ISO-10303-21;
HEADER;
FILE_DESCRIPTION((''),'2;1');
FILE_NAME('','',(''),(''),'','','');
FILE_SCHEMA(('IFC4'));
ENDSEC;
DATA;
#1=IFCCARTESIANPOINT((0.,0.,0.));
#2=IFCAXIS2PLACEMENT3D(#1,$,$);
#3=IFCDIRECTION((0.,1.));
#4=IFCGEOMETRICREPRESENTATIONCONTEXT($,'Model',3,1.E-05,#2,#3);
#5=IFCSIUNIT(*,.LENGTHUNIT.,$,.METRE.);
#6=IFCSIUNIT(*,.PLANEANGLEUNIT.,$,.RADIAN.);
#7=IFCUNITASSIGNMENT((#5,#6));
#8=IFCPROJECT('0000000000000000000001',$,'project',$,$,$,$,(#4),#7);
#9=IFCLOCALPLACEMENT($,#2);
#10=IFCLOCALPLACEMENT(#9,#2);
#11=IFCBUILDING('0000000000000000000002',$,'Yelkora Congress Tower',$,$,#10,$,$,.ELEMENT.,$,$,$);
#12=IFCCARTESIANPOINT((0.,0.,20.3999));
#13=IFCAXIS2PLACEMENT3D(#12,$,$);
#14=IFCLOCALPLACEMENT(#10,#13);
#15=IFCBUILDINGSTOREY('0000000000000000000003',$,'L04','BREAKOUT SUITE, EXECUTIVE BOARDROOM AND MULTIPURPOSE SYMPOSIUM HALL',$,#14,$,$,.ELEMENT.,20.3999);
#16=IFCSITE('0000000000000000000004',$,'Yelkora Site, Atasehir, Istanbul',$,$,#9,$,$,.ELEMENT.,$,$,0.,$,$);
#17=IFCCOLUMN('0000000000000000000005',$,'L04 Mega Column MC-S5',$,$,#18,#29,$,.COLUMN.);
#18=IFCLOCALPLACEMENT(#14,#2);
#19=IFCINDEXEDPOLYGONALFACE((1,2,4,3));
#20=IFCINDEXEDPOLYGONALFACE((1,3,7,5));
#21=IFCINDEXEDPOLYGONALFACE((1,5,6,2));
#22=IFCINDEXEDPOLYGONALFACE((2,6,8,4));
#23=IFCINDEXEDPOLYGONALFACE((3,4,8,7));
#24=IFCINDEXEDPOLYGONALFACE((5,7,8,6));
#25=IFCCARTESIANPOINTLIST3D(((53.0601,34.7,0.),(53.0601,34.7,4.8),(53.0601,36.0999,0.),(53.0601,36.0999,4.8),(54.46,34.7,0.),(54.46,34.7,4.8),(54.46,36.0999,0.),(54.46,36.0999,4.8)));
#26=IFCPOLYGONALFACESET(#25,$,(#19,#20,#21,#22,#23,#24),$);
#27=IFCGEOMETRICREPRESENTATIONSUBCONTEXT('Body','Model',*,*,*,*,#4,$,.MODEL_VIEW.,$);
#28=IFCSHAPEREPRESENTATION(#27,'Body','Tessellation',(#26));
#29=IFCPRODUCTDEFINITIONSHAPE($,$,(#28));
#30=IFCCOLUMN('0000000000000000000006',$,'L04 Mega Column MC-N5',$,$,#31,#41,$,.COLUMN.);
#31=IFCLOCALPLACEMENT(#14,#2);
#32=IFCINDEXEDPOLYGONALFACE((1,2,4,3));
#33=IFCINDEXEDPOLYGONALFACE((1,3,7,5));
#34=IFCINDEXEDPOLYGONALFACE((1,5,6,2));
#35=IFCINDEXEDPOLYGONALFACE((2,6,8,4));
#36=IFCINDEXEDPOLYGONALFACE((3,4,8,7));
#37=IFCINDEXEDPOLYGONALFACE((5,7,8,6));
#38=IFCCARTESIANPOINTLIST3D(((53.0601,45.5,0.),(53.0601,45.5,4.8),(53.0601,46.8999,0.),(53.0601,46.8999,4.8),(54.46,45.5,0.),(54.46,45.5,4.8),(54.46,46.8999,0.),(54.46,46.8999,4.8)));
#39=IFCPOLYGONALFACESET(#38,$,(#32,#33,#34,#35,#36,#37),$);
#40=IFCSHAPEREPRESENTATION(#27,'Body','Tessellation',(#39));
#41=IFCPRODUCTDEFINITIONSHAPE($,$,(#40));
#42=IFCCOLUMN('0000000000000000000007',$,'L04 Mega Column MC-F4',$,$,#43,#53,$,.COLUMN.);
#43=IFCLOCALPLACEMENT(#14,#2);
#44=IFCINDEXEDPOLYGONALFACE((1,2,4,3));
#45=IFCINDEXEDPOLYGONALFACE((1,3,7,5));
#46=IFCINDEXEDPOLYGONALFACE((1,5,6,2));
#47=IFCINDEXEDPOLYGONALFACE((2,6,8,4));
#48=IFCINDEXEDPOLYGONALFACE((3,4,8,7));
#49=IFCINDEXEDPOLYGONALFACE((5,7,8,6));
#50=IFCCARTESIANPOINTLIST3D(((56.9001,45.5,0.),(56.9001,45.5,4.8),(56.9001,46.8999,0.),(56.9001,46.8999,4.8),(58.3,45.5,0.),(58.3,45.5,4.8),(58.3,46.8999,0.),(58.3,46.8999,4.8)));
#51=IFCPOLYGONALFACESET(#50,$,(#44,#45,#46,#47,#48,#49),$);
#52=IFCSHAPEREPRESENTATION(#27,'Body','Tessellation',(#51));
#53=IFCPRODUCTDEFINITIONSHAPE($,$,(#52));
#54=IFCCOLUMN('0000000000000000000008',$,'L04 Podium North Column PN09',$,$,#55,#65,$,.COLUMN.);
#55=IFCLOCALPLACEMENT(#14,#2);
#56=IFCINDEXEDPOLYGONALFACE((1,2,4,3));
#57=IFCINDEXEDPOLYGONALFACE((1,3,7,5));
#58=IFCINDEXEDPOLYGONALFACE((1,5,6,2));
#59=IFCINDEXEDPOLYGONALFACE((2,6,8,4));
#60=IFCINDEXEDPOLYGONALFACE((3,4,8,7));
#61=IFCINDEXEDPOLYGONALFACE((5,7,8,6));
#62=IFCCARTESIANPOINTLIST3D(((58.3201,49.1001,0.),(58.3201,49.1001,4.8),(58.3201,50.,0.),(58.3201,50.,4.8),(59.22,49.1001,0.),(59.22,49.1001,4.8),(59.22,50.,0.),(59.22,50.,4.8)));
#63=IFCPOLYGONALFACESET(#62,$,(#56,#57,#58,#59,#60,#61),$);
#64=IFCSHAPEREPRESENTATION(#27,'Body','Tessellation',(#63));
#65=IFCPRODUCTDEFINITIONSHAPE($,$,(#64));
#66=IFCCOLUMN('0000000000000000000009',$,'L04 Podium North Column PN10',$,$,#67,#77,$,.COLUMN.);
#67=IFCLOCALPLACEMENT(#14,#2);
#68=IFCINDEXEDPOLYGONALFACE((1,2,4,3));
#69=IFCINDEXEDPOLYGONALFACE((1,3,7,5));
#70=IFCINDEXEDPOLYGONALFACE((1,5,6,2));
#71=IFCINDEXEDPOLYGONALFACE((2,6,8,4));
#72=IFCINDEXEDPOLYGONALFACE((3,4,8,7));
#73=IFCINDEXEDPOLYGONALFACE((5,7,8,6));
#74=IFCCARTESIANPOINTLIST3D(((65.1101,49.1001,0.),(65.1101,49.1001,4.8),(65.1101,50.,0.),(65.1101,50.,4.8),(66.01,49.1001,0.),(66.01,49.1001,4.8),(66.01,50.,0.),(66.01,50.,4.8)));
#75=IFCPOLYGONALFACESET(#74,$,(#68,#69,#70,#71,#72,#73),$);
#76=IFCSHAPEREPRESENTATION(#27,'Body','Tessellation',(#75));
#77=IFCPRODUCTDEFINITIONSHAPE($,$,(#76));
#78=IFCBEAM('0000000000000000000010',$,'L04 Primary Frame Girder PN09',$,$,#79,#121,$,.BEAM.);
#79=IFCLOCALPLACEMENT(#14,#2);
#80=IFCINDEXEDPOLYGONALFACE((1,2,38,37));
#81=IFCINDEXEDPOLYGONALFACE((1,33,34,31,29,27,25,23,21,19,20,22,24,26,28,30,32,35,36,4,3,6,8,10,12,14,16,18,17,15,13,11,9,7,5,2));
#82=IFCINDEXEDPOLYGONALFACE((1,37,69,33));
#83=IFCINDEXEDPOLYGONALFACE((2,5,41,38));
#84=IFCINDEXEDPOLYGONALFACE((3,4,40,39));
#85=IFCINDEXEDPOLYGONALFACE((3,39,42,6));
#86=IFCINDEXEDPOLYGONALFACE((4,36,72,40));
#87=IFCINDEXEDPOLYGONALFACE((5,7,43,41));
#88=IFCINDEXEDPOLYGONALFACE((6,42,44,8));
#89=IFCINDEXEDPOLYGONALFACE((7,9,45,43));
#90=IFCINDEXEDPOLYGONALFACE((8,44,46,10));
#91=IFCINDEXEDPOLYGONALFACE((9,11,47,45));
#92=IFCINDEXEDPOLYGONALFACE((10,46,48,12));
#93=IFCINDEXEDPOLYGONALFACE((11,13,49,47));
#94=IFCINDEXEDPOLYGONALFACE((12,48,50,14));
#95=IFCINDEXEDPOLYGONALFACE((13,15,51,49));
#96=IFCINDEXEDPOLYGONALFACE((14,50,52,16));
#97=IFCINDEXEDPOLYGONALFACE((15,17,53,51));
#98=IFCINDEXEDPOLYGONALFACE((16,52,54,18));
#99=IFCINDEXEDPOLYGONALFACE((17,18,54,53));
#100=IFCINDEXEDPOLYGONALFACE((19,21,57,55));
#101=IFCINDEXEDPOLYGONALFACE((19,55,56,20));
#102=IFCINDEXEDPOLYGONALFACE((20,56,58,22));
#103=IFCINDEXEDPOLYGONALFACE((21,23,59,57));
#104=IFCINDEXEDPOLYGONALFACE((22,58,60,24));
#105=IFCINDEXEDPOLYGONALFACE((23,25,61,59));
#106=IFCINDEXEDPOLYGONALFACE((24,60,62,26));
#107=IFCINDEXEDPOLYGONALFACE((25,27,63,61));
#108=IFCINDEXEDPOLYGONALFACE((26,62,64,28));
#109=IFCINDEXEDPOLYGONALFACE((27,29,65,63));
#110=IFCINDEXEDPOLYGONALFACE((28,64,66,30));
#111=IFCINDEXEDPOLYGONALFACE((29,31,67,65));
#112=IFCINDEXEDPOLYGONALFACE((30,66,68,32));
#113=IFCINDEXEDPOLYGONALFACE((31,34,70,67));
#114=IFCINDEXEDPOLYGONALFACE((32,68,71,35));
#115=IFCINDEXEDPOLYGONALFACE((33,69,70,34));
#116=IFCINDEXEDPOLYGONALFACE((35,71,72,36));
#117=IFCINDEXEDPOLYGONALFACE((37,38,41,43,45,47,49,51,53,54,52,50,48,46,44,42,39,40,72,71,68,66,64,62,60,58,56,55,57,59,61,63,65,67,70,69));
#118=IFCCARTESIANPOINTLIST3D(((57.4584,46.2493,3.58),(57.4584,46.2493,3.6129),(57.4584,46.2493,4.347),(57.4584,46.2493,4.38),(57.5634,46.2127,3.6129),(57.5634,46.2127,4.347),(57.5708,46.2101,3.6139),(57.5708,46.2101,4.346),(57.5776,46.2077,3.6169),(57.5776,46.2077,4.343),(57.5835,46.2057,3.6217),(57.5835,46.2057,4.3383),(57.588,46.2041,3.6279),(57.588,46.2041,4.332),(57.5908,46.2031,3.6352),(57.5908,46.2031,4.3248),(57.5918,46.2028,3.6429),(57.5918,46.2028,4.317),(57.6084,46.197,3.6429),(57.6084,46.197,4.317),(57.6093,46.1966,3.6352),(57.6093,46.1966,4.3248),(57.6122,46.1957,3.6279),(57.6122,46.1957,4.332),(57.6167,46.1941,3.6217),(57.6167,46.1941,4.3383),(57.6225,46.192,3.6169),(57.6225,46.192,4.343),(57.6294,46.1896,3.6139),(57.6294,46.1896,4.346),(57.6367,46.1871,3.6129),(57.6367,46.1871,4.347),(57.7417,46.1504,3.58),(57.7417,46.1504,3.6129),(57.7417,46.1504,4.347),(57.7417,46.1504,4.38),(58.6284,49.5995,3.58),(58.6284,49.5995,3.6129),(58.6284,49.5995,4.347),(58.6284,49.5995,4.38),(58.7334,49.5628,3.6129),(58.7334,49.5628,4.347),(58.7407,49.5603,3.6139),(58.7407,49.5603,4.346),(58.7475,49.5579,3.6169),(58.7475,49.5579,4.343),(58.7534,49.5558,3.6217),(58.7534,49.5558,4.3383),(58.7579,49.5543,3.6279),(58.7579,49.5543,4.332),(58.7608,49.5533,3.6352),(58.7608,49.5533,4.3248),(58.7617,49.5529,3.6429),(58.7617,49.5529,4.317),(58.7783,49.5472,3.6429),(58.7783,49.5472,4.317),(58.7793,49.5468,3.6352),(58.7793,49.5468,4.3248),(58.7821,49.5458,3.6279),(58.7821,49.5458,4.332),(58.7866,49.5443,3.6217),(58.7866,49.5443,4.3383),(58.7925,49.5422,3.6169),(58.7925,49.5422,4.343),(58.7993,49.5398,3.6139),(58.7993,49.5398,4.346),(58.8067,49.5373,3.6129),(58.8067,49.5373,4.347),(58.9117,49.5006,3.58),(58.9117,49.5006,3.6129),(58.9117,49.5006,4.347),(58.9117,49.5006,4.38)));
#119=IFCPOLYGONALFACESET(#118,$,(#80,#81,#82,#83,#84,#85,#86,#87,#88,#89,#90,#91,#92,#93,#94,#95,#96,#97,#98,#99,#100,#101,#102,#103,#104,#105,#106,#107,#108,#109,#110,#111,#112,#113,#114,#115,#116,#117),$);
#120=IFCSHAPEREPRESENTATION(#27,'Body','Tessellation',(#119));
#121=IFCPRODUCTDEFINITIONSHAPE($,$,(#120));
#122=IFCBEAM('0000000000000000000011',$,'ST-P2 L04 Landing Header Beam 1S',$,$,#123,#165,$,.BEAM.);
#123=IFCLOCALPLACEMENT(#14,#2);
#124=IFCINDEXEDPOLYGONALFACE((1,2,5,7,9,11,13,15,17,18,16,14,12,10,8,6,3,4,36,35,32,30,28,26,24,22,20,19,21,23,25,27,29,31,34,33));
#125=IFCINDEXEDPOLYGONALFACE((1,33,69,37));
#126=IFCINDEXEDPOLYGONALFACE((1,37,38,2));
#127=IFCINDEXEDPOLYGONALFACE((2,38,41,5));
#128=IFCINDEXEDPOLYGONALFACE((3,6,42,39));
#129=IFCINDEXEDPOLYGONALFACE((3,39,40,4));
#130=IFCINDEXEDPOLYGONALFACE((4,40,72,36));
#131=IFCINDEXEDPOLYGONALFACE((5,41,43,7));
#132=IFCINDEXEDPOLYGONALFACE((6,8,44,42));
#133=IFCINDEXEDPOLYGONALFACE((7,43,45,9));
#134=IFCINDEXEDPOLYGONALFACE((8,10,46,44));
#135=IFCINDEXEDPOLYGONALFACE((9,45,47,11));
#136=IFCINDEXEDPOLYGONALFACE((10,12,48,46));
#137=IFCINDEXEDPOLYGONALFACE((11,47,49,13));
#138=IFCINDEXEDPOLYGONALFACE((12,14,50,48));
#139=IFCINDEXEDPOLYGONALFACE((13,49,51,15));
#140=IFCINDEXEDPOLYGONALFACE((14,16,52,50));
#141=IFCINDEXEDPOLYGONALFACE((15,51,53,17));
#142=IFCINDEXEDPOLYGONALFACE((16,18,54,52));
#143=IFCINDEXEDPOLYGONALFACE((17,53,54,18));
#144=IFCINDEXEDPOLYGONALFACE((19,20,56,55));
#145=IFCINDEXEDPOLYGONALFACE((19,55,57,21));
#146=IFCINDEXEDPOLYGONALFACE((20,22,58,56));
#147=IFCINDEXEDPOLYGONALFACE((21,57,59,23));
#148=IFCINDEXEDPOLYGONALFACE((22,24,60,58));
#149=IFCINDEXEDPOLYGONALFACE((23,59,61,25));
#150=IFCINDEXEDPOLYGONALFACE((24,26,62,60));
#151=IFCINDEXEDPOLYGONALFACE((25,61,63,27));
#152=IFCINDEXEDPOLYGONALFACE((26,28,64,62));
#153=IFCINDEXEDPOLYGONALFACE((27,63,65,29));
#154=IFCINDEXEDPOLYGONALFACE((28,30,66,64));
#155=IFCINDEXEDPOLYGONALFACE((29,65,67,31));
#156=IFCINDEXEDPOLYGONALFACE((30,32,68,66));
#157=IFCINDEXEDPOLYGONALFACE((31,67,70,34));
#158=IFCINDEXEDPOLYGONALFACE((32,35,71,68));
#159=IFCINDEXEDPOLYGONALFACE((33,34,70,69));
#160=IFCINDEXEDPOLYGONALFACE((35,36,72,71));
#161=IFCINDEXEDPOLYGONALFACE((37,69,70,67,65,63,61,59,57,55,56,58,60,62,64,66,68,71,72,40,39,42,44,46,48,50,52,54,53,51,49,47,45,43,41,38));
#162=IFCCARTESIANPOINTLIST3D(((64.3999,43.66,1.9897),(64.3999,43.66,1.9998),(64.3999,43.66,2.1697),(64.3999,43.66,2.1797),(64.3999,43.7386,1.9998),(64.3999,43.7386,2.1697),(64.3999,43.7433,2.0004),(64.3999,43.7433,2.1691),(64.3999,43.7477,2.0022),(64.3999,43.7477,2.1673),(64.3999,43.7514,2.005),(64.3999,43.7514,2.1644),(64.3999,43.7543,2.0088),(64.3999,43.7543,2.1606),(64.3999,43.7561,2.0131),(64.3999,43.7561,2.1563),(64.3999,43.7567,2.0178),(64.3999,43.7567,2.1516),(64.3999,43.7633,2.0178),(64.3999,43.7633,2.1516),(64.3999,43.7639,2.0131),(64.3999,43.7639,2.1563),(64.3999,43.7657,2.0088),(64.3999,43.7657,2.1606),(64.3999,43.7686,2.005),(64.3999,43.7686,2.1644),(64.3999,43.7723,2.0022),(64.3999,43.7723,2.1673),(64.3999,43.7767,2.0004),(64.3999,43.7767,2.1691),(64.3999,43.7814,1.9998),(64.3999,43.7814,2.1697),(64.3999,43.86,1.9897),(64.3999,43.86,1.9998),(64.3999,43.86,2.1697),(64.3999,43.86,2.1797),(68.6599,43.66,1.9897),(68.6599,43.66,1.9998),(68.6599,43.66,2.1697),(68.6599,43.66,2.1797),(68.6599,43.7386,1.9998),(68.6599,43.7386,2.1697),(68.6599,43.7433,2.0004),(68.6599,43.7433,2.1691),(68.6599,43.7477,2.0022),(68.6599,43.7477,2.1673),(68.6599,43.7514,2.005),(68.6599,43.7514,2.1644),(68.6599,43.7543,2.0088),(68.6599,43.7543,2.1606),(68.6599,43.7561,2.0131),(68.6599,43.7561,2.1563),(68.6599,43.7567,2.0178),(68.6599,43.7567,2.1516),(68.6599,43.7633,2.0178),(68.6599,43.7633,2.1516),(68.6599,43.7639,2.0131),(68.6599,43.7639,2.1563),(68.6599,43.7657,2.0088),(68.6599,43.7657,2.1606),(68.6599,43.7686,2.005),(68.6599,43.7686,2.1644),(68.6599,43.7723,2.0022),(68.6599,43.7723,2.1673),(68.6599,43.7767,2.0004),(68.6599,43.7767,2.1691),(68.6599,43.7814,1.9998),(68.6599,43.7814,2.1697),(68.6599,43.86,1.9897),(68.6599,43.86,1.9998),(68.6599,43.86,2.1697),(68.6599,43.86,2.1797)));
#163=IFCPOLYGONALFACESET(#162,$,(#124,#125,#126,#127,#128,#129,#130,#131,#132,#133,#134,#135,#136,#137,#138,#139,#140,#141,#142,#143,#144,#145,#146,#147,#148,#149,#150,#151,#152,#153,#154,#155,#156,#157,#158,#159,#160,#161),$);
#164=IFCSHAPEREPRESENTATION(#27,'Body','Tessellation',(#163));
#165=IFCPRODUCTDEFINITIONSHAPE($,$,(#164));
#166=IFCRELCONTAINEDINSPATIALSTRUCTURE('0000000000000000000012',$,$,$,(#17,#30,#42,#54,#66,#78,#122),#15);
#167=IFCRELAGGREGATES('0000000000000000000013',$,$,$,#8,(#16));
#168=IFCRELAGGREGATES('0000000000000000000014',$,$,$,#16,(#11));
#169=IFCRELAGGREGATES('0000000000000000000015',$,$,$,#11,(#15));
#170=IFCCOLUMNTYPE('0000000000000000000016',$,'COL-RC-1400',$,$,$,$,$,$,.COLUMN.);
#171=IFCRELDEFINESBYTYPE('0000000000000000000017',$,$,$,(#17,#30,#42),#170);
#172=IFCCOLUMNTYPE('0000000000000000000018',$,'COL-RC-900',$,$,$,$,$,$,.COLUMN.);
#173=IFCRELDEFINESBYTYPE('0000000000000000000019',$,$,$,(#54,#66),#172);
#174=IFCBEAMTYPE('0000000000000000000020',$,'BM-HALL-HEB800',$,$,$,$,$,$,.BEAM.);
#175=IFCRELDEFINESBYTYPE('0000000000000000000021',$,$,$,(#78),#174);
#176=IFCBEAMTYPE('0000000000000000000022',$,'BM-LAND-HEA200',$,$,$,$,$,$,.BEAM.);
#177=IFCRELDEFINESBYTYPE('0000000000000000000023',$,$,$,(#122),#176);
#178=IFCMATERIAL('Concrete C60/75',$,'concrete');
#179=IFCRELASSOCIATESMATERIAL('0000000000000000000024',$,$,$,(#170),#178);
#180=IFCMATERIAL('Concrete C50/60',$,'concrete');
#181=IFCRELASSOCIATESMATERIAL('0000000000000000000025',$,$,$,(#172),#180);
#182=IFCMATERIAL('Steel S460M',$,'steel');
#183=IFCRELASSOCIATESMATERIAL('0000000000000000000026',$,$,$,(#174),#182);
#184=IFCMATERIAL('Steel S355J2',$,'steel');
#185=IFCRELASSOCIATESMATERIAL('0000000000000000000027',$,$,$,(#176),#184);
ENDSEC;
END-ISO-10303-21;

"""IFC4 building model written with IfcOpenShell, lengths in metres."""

from ifc_helpers import new_model, si_unit, direction, frame, origin, origin_2d, place, context, subcontext, project, spatial, rectangle, i_section, extrude, material, material_profile, profile_set, type_object, element, save


model = new_model("IFC4")

# Units and contexts
model_context = context("Model", 3, precision=1e-05, world=origin(), true_north=direction((0.0, 1.0)))
body_context = subcontext(model_context, "Body", "Model", "MODEL_VIEW")
ifc_project = project(units=[si_unit("LENGTHUNIT", "METRE"), si_unit("PLANEANGLEUNIT", "RADIAN")], contexts=[model_context])

# Site, building, storey
site_placement = place(None, origin())
site = spatial("IfcSite", under=ifc_project, at=site_placement, Name="Yelkora Site, Atasehir, Istanbul", CompositionType="ELEMENT", RefElevation=0.0)
building_placement = place(site_placement, origin())
building = spatial("IfcBuilding", under=site, at=building_placement, Name="Yelkora Congress Tower", CompositionType="ELEMENT")
storey_placement = place(building_placement, frame((0.0, 0.0, 20.3999)))
storey = spatial("IfcBuildingStorey", under=building, at=storey_placement, Name="L04", Description="BREAKOUT SUITE, EXECUTIVE BOARDROOM AND MULTIPURPOSE SYMPOSIUM HALL", CompositionType="ELEMENT", Elevation=20.3999)

# Columns
ifc_material_1 = material(Name="Concrete C60/75", Category="concrete")
ifc_material_profile_1 = material_profile(ifc_material_1, rectangle(XDim=1.3999, YDim=1.3999, at=origin_2d()), Name="RC 1400x1400")
ifc_profile_set_1 = profile_set([ifc_material_profile_1], Name="Concrete C60/75")
column_type_1 = type_object("IfcColumnType", Name="COL-RC-1400", PredefinedType="COLUMN", material=ifc_profile_set_1)
for number, where, z_axis, x_axis, name in (
    (1, (53.76, 35.3999, 0.0), (0.0, 0.0, 1.0), (1.0, 0.0, 0.0), "L04 Mega Column MC-S5"),
    (2, (53.76, 46.2, 0.0), (0.0, 0.0, 1.0), (1.0, 0.0, 0.0), "L04 Mega Column MC-N5"),
    (3, (57.6001, 46.2, 0.0), (0.0, 0.0, 1.0), (1.0, 0.0, 0.0), "L04 Mega Column MC-F4"),
):
    element("IfcColumn", number, at=place(storey_placement, frame(where, z_axis=z_axis, x_axis=x_axis)), inside=storey, type_object=column_type_1, Name=name, PredefinedType="COLUMN", context=body_context, shape_type="SweptSolid", body=[
        extrude(rectangle(XDim=1.3999, YDim=1.3999, at=origin_2d()), origin(), (0.0, 0.0, 1.0), 4.8),
    ])
ifc_material_2 = material(Name="Concrete C50/60", Category="concrete")
ifc_material_profile_2 = material_profile(ifc_material_2, rectangle(XDim=0.8999, YDim=0.8999, at=origin_2d()), Name="RC 900x900")
ifc_profile_set_2 = profile_set([ifc_material_profile_2], Name="Concrete C50/60")
column_type_2 = type_object("IfcColumnType", Name="COL-RC-900", PredefinedType="COLUMN", material=ifc_profile_set_2)
for number, where, z_axis, x_axis, name in (
    (4, (58.77, 49.55, 0.0), (0.0, 0.0, 1.0), (1.0, 0.0, 0.0), "L04 Podium North Column PN09"),
    (5, (65.5601, 49.55, 0.0), (0.0, 0.0, 1.0), (1.0, 0.0, 0.0), "L04 Podium North Column PN10"),
):
    element("IfcColumn", number, at=place(storey_placement, frame(where, z_axis=z_axis, x_axis=x_axis)), inside=storey, type_object=column_type_2, Name=name, PredefinedType="COLUMN", context=body_context, shape_type="SweptSolid", body=[
        extrude(rectangle(XDim=0.8999, YDim=0.8999, at=origin_2d()), origin(), (0.0, 0.0, 1.0), 4.8),
    ])

# Beams
ifc_material_3 = material(Name="Steel S460M", Category="steel")
ifc_material_profile_3 = material_profile(ifc_material_3, i_section(OverallWidth=0.3, OverallDepth=0.8, WebThickness=0.0176, FlangeThickness=0.033, FilletRadius=0.03, at=origin_2d()), Name="HEB 800")
ifc_profile_set_3 = profile_set([ifc_material_profile_3], Name="Steel S460M")
beam_type_1 = type_object("IfcBeamType", Name="BM-HALL-HEB800", PredefinedType="BEAM", material=ifc_profile_set_3)
beam_1_placement = place(storey_placement, frame((58.77, 49.55, 3.98), z_axis=(-0.329695, -0.944088, 0.0), x_axis=(0.944088, -0.329695, 0.0)))
element("IfcBeam", 6, at=beam_1_placement, inside=storey, type_object=beam_type_1, Name="L04 Primary Frame Girder PN09", PredefinedType="BEAM", context=body_context, shape_type="SweptSolid", body=[
    extrude(i_section(OverallWidth=0.3, OverallDepth=0.8, WebThickness=0.0176, FlangeThickness=0.033, FilletRadius=0.03, at=origin_2d()), origin(), (0.0, 0.0, 1.0), 3.5486),
])
ifc_material_4 = material(Name="Steel S355J2", Category="steel")
ifc_material_profile_4 = material_profile(ifc_material_4, i_section(OverallWidth=0.2, OverallDepth=0.1899, WebThickness=0.0066, FlangeThickness=0.01, FilletRadius=0.0181, at=origin_2d()), Name="HEA 200")
ifc_profile_set_4 = profile_set([ifc_material_profile_4], Name="Steel S355J2")
beam_type_2 = type_object("IfcBeamType", Name="BM-LAND-HEA200", PredefinedType="BEAM", material=ifc_profile_set_4)
for number, where, z_axis, x_axis, name in (
    (7, (64.3999, 43.76, 2.0847), (1.0, 0.0, 0.0), (0.0, 1.0, 0.0), "ST-P2 L04 Landing Header Beam 1S"),
):
    element("IfcBeam", number, at=place(storey_placement, frame(where, z_axis=z_axis, x_axis=x_axis)), inside=storey, type_object=beam_type_2, Name=name, PredefinedType="BEAM", context=body_context, shape_type="SweptSolid", body=[
        extrude(i_section(OverallWidth=0.2, OverallDepth=0.1899, WebThickness=0.0066, FlangeThickness=0.01, FilletRadius=0.0181, at=origin_2d()), origin(), (0.0, 0.0, 1.0), 4.26),
    ])

save(model, "model.ifc")
